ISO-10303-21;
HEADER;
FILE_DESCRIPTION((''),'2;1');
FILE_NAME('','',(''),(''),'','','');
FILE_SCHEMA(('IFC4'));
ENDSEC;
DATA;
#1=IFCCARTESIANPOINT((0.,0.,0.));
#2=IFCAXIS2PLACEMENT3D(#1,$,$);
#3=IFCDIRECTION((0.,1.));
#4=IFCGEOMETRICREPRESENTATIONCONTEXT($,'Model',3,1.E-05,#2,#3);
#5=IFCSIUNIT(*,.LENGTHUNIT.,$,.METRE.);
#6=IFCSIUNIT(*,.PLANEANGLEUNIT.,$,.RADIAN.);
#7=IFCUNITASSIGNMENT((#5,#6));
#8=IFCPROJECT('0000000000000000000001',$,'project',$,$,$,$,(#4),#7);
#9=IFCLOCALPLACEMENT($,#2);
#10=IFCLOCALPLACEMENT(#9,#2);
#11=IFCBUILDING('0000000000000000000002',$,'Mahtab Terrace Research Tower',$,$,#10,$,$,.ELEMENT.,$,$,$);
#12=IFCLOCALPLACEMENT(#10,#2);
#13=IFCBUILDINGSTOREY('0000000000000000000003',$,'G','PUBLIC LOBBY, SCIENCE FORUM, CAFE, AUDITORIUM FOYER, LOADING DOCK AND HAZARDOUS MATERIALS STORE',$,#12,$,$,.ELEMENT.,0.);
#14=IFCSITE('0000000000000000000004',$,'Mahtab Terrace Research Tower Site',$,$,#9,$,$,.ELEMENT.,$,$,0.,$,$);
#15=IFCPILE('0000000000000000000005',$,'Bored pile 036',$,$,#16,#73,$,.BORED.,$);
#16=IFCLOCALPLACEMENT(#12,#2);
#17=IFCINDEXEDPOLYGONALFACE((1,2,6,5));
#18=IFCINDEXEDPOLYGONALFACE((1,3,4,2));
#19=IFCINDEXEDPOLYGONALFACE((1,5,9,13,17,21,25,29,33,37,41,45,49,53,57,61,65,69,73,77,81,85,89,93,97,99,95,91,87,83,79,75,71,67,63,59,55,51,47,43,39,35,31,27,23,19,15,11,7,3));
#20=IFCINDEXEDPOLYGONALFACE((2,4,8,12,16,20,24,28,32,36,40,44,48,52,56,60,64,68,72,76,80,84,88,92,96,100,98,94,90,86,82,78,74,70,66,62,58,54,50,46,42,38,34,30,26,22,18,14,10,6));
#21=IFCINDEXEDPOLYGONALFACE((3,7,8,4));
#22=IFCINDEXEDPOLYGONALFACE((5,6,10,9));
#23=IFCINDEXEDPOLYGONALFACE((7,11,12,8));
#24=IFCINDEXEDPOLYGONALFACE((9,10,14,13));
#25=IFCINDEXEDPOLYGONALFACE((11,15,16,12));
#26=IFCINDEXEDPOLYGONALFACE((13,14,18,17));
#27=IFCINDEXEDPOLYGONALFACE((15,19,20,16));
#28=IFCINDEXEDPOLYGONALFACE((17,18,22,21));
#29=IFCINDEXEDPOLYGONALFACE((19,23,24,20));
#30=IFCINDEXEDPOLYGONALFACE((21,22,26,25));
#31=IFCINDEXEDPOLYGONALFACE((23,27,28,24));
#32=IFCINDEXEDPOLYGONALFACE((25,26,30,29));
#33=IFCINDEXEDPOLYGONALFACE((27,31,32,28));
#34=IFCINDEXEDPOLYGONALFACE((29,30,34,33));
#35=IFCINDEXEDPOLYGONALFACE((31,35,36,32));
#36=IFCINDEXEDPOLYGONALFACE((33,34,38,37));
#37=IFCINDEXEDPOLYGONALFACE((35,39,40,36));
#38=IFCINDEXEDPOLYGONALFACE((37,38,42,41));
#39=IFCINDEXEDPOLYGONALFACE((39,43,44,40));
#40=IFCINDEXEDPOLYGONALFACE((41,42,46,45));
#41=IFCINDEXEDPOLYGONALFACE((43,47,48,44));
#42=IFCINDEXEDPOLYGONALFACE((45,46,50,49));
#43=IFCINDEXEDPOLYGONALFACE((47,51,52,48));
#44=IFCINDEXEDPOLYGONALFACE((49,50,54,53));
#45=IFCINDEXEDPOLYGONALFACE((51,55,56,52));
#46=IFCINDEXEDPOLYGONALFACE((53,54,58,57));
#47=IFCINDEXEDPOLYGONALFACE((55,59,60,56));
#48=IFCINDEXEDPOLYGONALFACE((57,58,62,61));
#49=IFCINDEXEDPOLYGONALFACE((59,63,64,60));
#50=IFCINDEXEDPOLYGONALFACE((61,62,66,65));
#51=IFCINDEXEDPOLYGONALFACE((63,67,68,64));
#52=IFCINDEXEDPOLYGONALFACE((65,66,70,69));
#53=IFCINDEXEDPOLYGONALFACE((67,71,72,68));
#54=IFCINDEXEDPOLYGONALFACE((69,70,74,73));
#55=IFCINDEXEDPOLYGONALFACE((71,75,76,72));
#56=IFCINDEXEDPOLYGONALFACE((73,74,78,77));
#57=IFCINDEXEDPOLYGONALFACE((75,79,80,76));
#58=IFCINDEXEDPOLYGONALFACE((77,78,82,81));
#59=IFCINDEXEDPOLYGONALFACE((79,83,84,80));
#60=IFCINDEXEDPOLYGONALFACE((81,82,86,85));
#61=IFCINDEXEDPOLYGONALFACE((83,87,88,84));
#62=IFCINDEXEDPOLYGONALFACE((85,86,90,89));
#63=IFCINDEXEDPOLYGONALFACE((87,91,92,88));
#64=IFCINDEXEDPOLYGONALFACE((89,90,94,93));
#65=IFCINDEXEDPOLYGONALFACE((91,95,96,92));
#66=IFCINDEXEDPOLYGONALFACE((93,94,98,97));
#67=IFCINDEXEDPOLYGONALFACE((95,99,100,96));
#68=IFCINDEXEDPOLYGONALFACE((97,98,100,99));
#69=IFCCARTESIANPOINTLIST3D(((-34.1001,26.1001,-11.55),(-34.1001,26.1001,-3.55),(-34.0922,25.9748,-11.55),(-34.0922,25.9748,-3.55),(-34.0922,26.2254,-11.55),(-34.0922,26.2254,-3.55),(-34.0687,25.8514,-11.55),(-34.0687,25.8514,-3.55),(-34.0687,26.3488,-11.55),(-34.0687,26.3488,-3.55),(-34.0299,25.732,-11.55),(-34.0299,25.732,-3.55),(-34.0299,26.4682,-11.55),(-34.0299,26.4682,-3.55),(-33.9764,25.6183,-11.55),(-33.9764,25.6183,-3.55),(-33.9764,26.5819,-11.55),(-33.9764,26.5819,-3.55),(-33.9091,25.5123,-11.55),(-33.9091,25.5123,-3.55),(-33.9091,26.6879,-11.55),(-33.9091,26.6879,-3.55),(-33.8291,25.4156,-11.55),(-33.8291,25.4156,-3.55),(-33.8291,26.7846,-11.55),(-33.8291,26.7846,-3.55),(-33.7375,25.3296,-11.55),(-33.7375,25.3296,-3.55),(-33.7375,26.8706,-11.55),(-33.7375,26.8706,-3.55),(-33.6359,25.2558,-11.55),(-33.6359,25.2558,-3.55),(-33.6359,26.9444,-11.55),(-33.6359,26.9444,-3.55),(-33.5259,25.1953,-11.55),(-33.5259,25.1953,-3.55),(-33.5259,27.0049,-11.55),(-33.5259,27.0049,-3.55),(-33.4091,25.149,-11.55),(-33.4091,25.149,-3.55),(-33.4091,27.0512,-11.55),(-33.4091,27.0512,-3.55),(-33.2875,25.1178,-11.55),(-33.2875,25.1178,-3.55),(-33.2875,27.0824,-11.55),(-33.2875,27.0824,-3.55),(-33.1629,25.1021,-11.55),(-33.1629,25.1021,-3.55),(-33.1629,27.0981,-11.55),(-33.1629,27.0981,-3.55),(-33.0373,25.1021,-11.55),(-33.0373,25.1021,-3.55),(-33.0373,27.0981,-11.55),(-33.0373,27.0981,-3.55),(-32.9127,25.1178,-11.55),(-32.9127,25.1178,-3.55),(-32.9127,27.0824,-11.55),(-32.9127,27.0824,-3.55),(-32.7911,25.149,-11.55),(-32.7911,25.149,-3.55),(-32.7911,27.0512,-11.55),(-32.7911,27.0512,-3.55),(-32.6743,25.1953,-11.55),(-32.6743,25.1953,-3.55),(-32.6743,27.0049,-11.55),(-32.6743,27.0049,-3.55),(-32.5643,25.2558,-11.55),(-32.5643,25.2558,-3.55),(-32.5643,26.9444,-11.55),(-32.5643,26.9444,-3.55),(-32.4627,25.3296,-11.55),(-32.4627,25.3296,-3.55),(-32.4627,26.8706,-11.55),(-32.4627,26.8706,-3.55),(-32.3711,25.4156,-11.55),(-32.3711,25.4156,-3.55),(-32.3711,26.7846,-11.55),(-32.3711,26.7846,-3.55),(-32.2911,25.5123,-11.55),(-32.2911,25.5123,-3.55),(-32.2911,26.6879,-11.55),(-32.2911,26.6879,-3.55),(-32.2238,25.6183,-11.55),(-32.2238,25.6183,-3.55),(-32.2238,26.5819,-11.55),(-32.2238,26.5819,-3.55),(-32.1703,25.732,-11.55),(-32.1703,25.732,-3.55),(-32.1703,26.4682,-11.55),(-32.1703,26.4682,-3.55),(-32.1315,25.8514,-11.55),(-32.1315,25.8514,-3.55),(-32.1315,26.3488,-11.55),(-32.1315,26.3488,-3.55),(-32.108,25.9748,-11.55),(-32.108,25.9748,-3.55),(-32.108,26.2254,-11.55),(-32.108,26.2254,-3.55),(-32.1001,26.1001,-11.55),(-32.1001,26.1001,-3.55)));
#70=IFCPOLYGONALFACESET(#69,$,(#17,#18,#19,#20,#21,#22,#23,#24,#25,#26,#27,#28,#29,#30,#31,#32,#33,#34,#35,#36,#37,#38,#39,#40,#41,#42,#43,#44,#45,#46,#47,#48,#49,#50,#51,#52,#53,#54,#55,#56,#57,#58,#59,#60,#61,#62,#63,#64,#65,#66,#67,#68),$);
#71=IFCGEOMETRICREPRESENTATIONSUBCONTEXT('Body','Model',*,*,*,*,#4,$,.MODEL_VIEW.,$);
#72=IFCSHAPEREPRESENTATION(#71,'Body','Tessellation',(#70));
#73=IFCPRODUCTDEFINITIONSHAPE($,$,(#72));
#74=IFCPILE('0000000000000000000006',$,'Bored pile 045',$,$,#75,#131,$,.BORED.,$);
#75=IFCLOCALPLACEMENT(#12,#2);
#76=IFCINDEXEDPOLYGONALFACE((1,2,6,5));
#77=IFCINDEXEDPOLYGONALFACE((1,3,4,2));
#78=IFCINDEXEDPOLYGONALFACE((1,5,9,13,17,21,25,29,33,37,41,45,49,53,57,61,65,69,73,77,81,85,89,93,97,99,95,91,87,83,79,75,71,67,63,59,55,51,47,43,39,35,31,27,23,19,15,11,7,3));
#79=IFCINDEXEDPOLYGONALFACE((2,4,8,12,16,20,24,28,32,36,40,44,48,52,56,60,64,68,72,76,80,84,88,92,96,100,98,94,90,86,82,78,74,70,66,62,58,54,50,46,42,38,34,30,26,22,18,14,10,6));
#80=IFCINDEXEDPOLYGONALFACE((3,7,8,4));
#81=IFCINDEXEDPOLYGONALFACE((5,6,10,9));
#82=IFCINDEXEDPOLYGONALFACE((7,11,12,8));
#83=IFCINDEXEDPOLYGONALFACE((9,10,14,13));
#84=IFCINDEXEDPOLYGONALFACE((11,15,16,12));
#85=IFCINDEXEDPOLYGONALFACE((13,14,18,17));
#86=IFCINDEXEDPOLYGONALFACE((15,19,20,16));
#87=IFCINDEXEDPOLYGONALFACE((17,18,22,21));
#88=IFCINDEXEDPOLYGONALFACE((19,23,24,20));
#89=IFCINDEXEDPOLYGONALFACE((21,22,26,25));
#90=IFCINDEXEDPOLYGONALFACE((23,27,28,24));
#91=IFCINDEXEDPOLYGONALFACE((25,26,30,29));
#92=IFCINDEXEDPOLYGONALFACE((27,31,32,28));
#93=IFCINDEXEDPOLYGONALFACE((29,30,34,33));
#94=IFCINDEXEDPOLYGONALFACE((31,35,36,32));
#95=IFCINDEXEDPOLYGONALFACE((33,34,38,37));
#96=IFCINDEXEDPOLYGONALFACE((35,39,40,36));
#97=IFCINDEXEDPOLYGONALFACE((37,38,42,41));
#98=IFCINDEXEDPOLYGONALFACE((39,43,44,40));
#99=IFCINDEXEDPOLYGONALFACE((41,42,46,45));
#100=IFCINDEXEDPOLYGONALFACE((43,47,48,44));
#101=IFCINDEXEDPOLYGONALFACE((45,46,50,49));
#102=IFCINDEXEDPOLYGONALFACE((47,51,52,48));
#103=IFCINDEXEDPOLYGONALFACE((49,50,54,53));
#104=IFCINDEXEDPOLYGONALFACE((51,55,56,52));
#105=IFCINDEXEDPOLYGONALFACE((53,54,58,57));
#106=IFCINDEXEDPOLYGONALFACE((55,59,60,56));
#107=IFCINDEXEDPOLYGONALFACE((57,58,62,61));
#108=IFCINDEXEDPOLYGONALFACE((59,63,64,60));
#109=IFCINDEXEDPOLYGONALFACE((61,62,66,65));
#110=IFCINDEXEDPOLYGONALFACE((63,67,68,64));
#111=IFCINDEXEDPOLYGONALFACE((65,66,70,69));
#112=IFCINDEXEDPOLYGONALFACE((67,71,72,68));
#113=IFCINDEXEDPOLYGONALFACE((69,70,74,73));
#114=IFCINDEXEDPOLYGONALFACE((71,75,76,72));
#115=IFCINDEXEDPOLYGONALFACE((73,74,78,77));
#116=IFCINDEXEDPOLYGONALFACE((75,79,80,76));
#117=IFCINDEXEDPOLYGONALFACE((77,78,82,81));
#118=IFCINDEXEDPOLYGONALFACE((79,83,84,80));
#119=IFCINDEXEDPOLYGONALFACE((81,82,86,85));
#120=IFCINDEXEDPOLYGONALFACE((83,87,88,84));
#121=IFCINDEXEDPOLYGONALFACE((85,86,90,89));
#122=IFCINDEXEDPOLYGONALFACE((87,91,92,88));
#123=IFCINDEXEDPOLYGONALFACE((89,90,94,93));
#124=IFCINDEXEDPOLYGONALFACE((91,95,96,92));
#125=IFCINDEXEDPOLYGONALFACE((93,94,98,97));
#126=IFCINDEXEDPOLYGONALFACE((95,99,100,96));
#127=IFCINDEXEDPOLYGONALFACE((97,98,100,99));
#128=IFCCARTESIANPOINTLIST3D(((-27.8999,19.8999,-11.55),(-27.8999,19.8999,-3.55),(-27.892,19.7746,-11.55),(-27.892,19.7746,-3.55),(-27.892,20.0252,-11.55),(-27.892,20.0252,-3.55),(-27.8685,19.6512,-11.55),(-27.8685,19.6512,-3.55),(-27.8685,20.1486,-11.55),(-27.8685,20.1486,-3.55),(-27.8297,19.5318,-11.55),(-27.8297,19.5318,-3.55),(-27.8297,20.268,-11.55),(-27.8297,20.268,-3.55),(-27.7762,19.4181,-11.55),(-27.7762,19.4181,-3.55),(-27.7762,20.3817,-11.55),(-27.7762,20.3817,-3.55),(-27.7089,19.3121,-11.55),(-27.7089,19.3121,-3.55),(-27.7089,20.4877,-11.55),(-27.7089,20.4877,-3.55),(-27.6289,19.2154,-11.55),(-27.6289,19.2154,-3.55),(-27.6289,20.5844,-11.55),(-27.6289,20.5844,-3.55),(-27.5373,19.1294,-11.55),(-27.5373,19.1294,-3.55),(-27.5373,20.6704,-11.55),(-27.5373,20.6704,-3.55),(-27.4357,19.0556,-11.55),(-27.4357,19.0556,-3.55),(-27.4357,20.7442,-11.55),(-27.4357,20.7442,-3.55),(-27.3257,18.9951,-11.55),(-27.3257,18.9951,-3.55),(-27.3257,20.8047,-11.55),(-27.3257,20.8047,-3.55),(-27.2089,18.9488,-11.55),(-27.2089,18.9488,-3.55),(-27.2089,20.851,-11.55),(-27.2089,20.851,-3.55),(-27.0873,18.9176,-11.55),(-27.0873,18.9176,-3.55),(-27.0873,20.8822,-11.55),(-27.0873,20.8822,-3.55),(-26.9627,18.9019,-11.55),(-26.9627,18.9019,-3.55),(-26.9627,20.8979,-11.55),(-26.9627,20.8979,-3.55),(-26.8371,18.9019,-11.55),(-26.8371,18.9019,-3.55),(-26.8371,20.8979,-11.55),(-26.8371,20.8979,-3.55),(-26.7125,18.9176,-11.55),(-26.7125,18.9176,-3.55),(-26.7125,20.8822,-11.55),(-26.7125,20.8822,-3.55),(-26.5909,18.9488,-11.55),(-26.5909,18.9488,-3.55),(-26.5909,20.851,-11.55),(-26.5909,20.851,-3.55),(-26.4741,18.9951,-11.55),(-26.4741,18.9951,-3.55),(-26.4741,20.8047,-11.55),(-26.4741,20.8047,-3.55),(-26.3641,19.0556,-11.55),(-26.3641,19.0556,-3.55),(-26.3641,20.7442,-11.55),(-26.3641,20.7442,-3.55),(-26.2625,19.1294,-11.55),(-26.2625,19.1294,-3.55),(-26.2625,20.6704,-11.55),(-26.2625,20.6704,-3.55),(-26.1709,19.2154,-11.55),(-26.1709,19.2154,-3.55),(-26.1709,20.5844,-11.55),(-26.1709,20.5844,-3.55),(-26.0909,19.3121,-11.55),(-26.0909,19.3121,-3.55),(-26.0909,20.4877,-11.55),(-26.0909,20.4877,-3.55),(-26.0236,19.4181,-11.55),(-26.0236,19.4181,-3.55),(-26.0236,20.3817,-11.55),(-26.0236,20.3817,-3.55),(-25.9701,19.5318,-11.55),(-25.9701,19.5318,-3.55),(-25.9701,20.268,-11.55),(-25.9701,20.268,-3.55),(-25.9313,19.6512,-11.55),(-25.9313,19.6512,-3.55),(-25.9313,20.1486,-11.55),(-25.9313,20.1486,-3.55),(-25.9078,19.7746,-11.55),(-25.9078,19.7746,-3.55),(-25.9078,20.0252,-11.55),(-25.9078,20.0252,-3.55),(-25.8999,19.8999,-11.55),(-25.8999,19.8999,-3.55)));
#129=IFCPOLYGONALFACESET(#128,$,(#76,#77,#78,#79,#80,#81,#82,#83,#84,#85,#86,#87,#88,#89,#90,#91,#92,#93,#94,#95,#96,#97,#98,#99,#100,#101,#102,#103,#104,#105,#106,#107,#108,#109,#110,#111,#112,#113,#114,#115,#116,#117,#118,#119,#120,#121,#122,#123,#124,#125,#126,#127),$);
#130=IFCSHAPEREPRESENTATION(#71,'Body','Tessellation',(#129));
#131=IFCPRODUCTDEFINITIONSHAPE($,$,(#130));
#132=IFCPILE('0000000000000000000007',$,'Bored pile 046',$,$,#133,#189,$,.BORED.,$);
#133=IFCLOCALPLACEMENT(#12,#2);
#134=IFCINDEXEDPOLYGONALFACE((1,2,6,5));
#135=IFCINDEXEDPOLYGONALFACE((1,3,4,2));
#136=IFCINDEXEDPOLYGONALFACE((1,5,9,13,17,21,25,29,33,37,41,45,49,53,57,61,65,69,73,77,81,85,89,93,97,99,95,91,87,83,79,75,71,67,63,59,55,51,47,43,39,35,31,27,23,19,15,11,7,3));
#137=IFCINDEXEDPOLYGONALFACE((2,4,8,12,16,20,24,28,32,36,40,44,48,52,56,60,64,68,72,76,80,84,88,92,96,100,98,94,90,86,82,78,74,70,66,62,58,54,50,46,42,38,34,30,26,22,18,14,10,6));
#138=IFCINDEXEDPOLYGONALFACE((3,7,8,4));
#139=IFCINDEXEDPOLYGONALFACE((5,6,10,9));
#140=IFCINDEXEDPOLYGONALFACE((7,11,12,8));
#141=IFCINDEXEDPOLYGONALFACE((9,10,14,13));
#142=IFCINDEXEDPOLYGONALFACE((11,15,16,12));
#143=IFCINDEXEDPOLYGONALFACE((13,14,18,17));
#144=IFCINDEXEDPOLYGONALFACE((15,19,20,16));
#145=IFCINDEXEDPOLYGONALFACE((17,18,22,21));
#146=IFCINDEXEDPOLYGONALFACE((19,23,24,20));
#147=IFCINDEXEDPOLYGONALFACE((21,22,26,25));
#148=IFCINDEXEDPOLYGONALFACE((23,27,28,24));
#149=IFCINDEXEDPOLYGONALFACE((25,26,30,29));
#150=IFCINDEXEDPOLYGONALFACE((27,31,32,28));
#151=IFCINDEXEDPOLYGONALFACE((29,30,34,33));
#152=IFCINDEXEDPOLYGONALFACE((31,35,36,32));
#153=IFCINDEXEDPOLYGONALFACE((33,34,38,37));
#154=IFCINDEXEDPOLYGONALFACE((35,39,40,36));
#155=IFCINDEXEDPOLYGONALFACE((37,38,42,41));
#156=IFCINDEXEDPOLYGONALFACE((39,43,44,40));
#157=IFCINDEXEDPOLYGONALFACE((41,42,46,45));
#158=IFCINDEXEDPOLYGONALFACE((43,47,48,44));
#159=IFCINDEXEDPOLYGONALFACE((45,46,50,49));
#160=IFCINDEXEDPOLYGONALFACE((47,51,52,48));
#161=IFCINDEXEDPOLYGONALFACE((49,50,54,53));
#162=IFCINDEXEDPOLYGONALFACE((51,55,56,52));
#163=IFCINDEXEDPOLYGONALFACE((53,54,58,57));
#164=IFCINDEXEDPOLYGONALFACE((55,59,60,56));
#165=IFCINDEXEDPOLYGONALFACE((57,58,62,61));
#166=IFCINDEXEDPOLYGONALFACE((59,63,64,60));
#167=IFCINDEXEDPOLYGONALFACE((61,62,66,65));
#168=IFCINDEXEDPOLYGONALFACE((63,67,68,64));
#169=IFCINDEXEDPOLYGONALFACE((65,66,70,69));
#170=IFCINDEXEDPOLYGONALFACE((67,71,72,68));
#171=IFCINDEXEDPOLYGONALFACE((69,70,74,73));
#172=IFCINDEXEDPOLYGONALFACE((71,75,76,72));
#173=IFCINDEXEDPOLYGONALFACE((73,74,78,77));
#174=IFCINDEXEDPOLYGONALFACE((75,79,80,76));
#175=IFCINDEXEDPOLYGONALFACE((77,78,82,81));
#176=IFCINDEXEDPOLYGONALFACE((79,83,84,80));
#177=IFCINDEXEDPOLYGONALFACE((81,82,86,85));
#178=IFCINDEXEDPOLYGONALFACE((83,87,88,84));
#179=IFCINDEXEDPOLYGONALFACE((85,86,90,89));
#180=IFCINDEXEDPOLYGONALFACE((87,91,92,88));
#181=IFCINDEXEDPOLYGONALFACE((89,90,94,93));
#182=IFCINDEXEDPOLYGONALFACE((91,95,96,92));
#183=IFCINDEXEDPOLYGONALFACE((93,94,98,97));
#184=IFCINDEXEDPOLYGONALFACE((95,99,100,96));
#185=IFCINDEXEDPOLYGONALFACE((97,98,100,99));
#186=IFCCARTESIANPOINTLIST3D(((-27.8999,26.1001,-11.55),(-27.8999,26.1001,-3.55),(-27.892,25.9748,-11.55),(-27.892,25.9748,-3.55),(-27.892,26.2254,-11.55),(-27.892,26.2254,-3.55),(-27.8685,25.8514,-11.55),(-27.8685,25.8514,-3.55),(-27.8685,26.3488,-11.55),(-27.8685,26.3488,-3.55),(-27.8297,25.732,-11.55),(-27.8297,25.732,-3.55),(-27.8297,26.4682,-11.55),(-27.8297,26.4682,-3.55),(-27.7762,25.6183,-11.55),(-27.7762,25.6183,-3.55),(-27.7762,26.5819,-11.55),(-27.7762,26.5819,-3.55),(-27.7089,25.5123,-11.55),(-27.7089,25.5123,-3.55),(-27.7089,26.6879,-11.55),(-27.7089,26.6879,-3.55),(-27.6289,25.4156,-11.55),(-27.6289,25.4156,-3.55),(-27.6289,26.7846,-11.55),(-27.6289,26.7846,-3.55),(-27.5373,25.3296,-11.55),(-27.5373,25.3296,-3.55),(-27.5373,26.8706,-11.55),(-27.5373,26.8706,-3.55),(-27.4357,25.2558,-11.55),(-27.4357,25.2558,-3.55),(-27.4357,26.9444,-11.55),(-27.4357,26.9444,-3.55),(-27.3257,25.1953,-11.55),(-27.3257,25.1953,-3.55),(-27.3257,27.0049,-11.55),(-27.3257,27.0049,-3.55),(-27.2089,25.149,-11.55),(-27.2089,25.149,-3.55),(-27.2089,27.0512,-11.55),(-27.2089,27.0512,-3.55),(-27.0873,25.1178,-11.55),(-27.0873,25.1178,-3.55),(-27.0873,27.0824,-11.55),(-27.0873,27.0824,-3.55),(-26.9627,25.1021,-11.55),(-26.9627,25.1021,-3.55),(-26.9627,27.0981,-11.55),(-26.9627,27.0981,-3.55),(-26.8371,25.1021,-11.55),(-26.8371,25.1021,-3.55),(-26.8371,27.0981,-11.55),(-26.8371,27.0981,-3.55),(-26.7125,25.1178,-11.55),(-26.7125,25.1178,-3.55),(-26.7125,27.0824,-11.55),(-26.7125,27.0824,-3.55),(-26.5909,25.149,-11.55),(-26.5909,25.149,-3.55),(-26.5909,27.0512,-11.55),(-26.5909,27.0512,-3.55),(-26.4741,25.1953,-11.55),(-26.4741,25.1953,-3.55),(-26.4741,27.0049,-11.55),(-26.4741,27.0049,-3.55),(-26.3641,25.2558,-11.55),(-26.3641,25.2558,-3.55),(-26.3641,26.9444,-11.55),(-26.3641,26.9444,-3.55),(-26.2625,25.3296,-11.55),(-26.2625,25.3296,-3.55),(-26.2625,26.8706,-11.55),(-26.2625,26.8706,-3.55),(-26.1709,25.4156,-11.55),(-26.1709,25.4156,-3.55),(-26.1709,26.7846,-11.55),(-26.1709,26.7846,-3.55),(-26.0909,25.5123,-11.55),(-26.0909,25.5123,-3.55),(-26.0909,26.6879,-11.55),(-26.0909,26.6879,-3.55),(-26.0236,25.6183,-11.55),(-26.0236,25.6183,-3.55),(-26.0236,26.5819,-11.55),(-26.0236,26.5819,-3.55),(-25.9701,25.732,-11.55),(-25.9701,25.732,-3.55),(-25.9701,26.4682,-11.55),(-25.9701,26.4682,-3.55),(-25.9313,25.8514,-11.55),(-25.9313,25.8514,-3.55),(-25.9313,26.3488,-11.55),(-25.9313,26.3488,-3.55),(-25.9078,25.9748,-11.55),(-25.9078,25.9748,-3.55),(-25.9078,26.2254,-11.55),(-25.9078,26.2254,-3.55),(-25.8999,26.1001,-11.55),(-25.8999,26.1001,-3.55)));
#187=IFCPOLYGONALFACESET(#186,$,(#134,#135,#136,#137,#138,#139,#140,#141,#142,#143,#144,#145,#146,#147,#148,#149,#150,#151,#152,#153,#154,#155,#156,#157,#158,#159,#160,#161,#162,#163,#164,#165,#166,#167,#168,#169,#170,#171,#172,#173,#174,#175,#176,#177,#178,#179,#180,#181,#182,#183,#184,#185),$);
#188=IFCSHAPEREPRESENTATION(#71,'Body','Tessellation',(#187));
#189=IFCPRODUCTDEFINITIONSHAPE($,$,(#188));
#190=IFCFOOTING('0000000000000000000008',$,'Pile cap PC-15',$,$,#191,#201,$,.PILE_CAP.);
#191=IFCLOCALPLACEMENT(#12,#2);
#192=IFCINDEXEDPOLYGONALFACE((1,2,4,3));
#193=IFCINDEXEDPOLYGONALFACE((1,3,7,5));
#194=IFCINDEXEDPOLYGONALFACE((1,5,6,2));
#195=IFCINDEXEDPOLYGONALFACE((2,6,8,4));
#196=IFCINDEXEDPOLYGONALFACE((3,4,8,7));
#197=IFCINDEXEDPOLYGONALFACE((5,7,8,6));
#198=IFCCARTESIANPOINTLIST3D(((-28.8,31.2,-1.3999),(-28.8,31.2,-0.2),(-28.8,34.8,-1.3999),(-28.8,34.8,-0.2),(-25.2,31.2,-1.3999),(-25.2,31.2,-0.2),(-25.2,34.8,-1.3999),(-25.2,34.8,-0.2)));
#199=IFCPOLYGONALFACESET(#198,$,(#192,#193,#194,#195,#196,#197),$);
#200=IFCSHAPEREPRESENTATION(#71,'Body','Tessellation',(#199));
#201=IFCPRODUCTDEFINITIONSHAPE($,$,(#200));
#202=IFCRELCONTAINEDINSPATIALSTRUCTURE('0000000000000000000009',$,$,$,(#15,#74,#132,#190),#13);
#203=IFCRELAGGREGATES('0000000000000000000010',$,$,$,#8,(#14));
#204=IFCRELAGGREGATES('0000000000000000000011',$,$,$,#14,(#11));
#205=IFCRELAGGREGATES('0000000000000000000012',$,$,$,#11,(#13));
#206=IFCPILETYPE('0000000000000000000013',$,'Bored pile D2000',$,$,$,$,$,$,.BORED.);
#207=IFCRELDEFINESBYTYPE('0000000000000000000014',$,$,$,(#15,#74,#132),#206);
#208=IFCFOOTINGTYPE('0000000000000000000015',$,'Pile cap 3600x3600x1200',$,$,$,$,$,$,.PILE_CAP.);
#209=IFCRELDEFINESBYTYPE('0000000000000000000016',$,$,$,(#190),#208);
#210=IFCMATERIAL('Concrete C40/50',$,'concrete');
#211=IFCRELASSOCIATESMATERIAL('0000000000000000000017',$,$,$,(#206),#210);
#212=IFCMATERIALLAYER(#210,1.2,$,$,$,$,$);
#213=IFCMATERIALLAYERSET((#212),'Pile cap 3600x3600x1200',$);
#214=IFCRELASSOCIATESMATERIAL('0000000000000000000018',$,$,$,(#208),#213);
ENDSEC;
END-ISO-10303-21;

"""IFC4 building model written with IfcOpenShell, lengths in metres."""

from ifc_helpers import new_model, si_unit, direction, frame, origin, origin_2d, place, context, subcontext, project, spatial, rectangle, circle, extrude, material, layer, layer_set, material_profile, profile_set, type_object, element, save


model = new_model("IFC4")

# Units and contexts
model_context = context("Model", 3, precision=1e-05, world=origin(), true_north=direction((0.0, 1.0)))
body_context = subcontext(model_context, "Body", "Model", "MODEL_VIEW")
ifc_project = project(units=[si_unit("LENGTHUNIT", "METRE"), si_unit("PLANEANGLEUNIT", "RADIAN")], contexts=[model_context])

# Site, building, storey
site_placement = place(None, origin())
site = spatial("IfcSite", under=ifc_project, at=site_placement, Name="Mahtab Terrace Research Tower Site", CompositionType="ELEMENT", RefElevation=0.0)
building_placement = place(site_placement, origin())
building = spatial("IfcBuilding", under=site, at=building_placement, Name="Mahtab Terrace Research Tower", CompositionType="ELEMENT")
storey_placement = place(building_placement, origin())
storey = spatial("IfcBuildingStorey", under=building, at=storey_placement, Name="G", Description="PUBLIC LOBBY, SCIENCE FORUM, CAFE, AUDITORIUM FOYER, LOADING DOCK AND HAZARDOUS MATERIALS STORE", CompositionType="ELEMENT", Elevation=0.0)

# Piles
ifc_material_1 = material(Name="Concrete C40/50", Category="concrete")
ifc_material_profile_1 = material_profile(ifc_material_1, circle(Radius=1.0, at=origin_2d()), Name="Bored pile D2000")
ifc_profile_set_1 = profile_set([ifc_material_profile_1], Name="Concrete C40/50")
pile_type_1 = type_object("IfcPileType", Name="Bored pile D2000", PredefinedType="BORED", material=ifc_profile_set_1)
for number, where, z_axis, x_axis, name in (
    (1, (-33.1001, 26.1001, -3.55), (0.0, 0.0, -1.0), (1.0, 0.0, 0.0), "Bored pile 036"),
    (2, (-26.8999, 19.8999, -3.55), (0.0, 0.0, -1.0), (1.0, 0.0, 0.0), "Bored pile 045"),
    (3, (-26.8999, 26.1001, -3.55), (0.0, 0.0, -1.0), (1.0, 0.0, 0.0), "Bored pile 046"),
):
    element("IfcPile", number, at=place(storey_placement, frame(where, z_axis=z_axis, x_axis=x_axis)), inside=storey, type_object=pile_type_1, Name=name, PredefinedType="BORED", context=body_context, shape_type="SweptSolid", body=[
        extrude(circle(Radius=1.0, at=origin_2d()), origin(), (0.0, 0.0, 1.0), 8.0),
    ])

# Footing
ifc_layer_1 = layer(ifc_material_1, 1.2)
ifc_layer_set_1 = layer_set([ifc_layer_1], Name="Pile cap 3600x3600x1200")
footing_type = type_object("IfcFootingType", Name="Pile cap 3600x3600x1200", PredefinedType="PILE_CAP", material=ifc_layer_set_1)
footing_placement = place(storey_placement, frame((-27.0, 33.0, -1.3999), z_axis=(0.0, 0.0, 1.0), x_axis=(1.0, 0.0, 0.0)))
element("IfcFooting", 4, at=footing_placement, inside=storey, type_object=footing_type, Name="Pile cap PC-15", PredefinedType="PILE_CAP", context=body_context, shape_type="SweptSolid", body=[
    extrude(rectangle(XDim=3.6001, YDim=3.6001, at=origin_2d()), origin(), (0.0, 0.0, 1.0), 1.2),
])

save(model, "model.ifc")
